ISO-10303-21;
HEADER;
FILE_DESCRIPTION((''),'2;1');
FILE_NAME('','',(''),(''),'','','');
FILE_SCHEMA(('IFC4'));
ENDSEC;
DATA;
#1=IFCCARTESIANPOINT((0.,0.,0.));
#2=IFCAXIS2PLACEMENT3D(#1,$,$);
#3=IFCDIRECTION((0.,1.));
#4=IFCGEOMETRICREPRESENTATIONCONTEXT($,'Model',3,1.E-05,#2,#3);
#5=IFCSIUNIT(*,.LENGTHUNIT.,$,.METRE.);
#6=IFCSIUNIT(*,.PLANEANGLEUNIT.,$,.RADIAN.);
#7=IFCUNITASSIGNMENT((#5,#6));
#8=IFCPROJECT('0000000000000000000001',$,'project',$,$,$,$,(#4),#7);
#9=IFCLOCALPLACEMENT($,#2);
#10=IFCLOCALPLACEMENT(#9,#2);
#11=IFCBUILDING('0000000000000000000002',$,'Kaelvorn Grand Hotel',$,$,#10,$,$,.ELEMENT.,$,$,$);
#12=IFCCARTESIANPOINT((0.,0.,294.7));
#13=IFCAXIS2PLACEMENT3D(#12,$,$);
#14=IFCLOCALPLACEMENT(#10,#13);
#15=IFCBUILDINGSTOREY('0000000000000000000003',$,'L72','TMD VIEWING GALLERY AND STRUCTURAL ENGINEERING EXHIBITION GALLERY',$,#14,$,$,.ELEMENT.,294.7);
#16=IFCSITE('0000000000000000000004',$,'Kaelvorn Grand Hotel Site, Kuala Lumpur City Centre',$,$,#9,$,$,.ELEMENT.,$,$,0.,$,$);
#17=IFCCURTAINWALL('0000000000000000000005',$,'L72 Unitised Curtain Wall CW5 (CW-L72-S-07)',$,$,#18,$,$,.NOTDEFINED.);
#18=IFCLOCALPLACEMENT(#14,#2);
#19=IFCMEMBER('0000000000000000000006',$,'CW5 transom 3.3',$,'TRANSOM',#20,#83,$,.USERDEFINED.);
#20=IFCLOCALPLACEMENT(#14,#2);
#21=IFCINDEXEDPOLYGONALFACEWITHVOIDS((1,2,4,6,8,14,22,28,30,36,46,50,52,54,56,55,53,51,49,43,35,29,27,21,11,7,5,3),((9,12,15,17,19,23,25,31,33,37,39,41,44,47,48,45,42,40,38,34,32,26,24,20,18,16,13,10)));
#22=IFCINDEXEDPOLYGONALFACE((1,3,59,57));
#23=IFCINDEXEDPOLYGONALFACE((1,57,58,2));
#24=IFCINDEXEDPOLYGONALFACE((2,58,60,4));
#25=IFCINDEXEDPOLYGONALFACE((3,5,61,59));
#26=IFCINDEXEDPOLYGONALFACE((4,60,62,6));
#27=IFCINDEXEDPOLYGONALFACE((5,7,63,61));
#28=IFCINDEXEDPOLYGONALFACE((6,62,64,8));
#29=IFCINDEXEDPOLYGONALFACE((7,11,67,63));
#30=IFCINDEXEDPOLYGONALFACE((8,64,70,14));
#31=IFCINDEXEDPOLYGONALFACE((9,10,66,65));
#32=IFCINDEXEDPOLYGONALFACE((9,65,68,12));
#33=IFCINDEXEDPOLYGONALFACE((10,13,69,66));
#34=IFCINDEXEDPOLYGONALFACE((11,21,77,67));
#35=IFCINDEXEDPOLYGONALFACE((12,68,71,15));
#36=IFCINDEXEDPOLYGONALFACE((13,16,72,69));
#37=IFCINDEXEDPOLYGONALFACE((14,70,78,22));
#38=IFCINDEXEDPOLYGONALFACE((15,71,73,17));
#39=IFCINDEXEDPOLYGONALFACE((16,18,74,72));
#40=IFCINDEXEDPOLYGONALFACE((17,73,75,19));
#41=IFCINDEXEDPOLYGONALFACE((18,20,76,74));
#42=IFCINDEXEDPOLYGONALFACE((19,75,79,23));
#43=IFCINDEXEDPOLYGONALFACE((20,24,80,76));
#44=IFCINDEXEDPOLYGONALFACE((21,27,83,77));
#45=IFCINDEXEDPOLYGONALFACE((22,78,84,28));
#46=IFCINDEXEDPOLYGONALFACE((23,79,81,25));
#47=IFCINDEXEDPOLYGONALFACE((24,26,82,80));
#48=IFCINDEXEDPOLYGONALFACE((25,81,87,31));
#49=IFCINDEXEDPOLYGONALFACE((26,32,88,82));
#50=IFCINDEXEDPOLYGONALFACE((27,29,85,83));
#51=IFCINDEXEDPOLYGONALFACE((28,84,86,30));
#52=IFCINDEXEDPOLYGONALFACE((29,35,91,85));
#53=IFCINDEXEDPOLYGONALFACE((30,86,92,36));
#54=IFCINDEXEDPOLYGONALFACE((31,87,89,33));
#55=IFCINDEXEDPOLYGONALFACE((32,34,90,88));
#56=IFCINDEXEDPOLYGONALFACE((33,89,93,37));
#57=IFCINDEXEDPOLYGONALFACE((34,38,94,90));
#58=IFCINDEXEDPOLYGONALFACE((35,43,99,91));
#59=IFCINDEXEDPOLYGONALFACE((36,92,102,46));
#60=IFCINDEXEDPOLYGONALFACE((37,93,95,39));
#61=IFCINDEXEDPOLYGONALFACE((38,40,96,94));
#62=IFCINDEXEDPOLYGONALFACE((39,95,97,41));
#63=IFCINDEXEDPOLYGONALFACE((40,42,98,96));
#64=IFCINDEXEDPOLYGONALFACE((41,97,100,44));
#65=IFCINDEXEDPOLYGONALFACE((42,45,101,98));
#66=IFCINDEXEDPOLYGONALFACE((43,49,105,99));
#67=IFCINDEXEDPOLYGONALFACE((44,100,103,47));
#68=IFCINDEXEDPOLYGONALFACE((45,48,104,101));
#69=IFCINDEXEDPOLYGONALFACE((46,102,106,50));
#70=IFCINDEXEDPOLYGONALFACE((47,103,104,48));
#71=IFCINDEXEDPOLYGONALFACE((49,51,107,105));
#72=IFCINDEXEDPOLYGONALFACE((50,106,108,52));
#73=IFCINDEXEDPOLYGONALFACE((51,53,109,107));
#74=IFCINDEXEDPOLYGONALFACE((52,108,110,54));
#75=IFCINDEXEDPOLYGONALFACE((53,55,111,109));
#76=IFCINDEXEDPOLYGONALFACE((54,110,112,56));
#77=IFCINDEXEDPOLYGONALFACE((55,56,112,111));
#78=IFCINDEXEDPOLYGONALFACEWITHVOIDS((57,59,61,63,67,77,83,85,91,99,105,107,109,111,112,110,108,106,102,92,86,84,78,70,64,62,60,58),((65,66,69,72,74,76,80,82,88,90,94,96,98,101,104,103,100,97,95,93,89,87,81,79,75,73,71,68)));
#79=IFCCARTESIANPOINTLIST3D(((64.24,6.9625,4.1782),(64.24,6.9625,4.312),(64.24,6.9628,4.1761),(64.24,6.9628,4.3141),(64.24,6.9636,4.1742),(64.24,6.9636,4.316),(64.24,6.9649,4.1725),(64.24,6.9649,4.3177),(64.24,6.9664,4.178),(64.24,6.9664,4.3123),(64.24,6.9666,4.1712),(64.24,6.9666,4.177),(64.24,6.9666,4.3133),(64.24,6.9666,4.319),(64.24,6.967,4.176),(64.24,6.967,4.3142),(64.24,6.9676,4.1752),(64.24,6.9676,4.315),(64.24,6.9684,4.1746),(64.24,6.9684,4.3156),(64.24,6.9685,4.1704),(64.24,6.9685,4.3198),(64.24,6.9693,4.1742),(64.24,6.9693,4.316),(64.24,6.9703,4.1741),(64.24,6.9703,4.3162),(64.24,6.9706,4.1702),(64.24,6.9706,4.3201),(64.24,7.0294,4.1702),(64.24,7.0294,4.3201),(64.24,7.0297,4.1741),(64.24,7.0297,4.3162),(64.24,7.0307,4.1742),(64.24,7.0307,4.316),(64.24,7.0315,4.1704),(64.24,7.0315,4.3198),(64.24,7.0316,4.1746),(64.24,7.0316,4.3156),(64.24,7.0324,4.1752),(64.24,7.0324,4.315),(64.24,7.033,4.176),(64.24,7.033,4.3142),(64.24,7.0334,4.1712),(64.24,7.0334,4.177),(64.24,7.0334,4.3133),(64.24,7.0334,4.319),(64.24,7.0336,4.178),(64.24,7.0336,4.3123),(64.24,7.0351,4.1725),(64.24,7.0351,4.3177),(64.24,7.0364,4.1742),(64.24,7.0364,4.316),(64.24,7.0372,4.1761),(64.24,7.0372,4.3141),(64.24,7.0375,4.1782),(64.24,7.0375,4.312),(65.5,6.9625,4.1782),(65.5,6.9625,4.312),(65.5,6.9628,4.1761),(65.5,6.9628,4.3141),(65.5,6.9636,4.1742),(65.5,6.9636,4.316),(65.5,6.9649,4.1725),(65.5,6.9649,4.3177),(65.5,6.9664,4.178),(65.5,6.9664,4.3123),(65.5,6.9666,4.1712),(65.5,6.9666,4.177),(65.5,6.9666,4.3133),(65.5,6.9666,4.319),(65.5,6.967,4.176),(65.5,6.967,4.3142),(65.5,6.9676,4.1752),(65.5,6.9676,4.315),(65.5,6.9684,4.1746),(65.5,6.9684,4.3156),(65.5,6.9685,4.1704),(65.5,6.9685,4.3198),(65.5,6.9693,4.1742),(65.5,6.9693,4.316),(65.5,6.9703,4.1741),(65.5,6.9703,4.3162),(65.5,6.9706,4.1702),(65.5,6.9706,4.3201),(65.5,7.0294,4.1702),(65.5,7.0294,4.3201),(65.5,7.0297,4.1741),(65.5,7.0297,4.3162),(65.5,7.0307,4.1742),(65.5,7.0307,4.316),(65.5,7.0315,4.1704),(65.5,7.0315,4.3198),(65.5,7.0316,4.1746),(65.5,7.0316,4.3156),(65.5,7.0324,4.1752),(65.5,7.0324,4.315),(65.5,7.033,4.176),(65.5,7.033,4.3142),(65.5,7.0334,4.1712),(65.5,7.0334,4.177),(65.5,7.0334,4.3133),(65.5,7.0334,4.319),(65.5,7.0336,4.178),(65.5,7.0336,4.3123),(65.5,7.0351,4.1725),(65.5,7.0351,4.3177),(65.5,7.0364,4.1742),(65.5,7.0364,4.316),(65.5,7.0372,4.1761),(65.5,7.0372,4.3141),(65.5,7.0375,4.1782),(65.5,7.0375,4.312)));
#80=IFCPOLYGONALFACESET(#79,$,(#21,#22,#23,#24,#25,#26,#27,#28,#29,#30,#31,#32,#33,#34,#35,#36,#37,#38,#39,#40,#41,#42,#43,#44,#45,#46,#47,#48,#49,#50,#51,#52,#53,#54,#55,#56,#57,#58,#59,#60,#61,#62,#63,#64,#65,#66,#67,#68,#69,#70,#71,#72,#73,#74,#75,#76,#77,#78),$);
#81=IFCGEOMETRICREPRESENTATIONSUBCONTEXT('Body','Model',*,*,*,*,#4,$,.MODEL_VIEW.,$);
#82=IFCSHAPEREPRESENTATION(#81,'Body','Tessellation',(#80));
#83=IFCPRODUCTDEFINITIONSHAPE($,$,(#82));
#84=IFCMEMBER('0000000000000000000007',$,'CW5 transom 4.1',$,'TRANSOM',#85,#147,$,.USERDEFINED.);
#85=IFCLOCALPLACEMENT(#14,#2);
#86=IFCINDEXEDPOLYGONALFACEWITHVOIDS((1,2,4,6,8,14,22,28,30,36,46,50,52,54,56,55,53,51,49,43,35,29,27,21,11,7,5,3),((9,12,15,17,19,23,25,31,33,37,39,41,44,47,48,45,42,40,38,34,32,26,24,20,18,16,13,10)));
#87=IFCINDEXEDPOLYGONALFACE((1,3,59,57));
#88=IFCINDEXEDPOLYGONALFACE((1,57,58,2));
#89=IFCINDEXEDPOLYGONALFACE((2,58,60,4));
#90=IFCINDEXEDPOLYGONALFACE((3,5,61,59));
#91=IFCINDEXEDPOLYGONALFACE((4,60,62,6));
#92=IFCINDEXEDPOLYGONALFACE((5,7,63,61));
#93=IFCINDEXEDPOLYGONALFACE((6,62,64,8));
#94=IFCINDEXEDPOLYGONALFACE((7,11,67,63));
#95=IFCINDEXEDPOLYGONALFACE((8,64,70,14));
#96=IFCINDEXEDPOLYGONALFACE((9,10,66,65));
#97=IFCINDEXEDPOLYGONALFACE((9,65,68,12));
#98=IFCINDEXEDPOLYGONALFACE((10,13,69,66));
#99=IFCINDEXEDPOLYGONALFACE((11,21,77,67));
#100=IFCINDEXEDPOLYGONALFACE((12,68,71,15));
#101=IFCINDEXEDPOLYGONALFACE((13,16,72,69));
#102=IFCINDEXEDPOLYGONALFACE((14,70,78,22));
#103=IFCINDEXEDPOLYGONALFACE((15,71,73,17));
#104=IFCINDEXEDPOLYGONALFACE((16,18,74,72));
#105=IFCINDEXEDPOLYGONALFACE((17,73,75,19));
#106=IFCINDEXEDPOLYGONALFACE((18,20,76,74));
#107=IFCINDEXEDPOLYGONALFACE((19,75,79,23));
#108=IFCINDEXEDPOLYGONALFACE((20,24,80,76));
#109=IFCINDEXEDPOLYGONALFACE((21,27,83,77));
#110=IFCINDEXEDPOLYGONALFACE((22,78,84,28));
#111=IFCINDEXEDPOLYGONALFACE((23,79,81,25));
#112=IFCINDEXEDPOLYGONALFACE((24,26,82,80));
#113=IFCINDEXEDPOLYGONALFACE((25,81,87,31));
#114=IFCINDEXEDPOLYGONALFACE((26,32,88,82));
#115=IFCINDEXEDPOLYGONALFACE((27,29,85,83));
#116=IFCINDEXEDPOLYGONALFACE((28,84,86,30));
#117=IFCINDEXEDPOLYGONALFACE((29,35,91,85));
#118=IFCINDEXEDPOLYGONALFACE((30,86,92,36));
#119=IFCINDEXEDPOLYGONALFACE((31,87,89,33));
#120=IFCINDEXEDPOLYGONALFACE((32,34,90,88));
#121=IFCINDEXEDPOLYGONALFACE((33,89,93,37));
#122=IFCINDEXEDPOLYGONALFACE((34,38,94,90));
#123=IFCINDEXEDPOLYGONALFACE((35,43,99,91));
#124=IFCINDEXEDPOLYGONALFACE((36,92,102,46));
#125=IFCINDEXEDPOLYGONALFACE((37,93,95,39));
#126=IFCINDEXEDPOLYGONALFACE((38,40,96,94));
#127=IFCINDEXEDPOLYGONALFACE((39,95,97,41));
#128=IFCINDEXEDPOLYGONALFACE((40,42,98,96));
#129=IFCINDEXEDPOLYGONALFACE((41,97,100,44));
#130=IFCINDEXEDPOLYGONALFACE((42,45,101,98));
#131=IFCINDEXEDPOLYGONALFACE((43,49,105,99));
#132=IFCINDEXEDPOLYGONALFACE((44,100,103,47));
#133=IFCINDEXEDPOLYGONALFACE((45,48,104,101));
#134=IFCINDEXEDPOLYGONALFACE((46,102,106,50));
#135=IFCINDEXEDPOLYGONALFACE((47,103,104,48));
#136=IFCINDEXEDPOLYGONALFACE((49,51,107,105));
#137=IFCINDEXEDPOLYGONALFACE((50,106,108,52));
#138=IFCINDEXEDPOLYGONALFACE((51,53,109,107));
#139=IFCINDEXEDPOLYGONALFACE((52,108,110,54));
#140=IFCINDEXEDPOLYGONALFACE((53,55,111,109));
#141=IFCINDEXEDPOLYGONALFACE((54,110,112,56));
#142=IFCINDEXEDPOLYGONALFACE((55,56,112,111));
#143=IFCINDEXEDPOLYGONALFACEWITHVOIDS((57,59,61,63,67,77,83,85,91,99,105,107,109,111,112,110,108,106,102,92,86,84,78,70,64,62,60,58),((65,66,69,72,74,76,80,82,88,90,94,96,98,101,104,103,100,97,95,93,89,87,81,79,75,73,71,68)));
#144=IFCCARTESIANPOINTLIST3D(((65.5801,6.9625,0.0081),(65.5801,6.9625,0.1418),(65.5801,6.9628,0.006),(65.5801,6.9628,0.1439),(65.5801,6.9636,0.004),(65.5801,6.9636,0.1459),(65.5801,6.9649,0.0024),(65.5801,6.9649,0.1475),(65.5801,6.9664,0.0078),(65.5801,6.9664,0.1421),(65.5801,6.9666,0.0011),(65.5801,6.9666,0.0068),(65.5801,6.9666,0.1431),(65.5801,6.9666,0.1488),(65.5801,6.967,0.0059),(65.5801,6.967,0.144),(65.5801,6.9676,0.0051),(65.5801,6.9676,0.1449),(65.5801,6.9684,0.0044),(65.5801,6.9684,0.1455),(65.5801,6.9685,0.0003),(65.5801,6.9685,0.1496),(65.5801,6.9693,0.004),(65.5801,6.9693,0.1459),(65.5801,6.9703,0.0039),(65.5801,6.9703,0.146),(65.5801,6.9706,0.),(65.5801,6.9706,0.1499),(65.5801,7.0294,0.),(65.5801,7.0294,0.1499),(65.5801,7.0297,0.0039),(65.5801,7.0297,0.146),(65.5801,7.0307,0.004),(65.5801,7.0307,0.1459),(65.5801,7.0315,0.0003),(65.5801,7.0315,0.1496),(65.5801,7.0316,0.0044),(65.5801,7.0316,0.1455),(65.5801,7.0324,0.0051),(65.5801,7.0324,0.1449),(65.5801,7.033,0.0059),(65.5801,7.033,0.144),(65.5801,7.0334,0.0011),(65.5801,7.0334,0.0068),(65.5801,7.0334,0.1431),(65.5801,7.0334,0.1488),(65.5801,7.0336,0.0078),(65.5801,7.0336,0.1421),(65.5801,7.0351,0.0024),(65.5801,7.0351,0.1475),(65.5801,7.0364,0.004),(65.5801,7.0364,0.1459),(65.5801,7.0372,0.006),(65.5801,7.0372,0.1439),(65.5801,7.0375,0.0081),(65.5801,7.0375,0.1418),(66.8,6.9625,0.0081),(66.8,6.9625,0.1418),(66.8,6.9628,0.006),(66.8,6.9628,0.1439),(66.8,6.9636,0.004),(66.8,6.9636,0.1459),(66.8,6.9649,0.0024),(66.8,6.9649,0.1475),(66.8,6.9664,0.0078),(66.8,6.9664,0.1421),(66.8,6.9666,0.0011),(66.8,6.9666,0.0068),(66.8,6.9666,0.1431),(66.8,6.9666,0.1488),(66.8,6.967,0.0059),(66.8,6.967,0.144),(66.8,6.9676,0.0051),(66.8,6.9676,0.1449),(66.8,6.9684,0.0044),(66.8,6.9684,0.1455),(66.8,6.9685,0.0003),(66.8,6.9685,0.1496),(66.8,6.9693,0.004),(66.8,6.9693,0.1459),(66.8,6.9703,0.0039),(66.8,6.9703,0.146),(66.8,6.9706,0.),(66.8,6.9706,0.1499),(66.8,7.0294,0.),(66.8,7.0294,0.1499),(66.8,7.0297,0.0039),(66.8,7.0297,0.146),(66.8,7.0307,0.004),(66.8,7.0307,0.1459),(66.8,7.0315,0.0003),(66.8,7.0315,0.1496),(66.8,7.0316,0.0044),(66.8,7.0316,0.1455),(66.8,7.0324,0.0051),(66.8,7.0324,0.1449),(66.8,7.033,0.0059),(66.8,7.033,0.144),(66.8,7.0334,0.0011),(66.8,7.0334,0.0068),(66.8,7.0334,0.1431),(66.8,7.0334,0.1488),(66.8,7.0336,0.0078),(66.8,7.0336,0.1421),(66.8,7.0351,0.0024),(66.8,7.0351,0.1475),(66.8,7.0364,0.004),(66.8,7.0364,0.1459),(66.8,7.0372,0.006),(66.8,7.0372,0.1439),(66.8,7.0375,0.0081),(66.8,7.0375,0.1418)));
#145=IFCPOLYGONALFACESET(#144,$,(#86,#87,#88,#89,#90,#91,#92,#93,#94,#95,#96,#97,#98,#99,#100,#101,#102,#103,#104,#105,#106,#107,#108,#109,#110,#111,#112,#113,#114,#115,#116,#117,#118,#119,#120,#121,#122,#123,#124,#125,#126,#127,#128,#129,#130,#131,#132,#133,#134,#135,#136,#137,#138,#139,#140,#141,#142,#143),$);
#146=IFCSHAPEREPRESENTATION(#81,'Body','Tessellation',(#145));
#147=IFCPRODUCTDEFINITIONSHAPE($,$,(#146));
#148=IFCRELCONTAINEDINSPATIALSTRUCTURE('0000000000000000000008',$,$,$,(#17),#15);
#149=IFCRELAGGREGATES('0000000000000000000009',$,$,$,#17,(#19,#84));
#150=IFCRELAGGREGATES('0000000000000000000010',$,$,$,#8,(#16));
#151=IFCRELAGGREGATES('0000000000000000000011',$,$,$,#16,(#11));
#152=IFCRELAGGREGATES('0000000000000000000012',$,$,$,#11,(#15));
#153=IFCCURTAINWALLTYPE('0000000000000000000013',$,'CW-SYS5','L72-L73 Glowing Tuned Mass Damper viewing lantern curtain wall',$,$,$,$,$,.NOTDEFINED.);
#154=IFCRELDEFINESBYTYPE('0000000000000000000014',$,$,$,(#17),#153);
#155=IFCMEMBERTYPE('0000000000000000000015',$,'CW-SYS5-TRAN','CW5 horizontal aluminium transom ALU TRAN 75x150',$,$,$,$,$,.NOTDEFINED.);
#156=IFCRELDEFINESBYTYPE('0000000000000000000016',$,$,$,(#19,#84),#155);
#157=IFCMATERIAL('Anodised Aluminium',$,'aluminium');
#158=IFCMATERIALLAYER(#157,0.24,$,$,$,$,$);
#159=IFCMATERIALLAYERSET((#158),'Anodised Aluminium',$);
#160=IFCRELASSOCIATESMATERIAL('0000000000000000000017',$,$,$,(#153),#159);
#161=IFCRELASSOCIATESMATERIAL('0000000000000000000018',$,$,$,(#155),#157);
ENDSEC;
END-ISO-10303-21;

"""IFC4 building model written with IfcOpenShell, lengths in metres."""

from ifc_helpers import new_model, si_unit, direction, frame, origin, origin_2d, place, context, subcontext, project, spatial, hollow_rectangle, extrude, material, layer, layer_set, material_profile, profile_set, type_object, element, aggregate, save


model = new_model("IFC4")

# Units and contexts
model_context = context("Model", 3, precision=1e-05, world=origin(), true_north=direction((0.0, 1.0)))
body_context = subcontext(model_context, "Body", "Model", "MODEL_VIEW")
ifc_project = project(units=[si_unit("LENGTHUNIT", "METRE"), si_unit("PLANEANGLEUNIT", "RADIAN")], contexts=[model_context])

# Site, building, storey
site_placement = place(None, origin())
site = spatial("IfcSite", under=ifc_project, at=site_placement, Name="Kaelvorn Grand Hotel Site, Kuala Lumpur City Centre", CompositionType="ELEMENT", RefElevation=0.0)
building_placement = place(site_placement, origin())
building = spatial("IfcBuilding", under=site, at=building_placement, Name="Kaelvorn Grand Hotel", CompositionType="ELEMENT")
storey_placement = place(building_placement, frame((0.0, 0.0, 294.7)))
storey = spatial("IfcBuildingStorey", under=building, at=storey_placement, Name="L72", Description="TMD VIEWING GALLERY AND STRUCTURAL ENGINEERING EXHIBITION GALLERY", CompositionType="ELEMENT", Elevation=294.7)

# Curtain wall, members
ifc_material_1 = material(Name="Anodised Aluminium", Category="aluminium")
ifc_layer_1 = layer(ifc_material_1, 0.24)
ifc_layer_set_1 = layer_set([ifc_layer_1], Name="Anodised Aluminium")
curtain_wall_type = type_object("IfcCurtainWallType", Name="CW-SYS5", Description="L72-L73 Glowing Tuned Mass Damper viewing lantern curtain wall", PredefinedType="NOTDEFINED", material=ifc_layer_set_1)
curtain_wall_placement = place(storey_placement, origin())
curtain_wall = element("IfcCurtainWall", 1, at=curtain_wall_placement, inside=storey, type_object=curtain_wall_type, Name="L72 Unitised Curtain Wall CW5 (CW-L72-S-07)", PredefinedType="NOTDEFINED")
ifc_material_profile_1 = material_profile(ifc_material_1, hollow_rectangle(XDim=0.075, YDim=0.1499, WallThickness=0.0039, InnerFilletRadius=0.0039, OuterFilletRadius=0.0081, at=origin_2d()), Name="ALU TRAN 75x150")
ifc_profile_set_1 = profile_set([ifc_material_profile_1], Name="Anodised Aluminium")
member_type_1 = type_object("IfcMemberType", Name="CW-SYS5-TRAN", Description="CW5 horizontal aluminium transom ALU TRAN 75x150", PredefinedType="NOTDEFINED", material=ifc_profile_set_1)
member_1_placement = place(storey_placement, frame((64.24, 7.0, 4.2451), z_axis=(1.0, 0.0, 0.0), x_axis=(0.0, 1.0, 0.0)))
member_1 = element("IfcMember", 2, at=member_1_placement, type_object=member_type_1, Name="CW5 transom 3.3", ObjectType="TRANSOM", PredefinedType="USERDEFINED", context=body_context, shape_type="SweptSolid", body=[
    extrude(hollow_rectangle(XDim=0.075, YDim=0.1499, WallThickness=0.0039, InnerFilletRadius=0.0039, OuterFilletRadius=0.0081, at=origin_2d()), origin(), (0.0, 0.0, 1.0), 1.26),
])
member_2_placement = place(storey_placement, frame((65.5801, 7.0, 0.075), z_axis=(1.0, 0.0, 0.0), x_axis=(0.0, 1.0, 0.0)))
member_2 = element("IfcMember", 3, at=member_2_placement, type_object=member_type_1, Name="CW5 transom 4.1", ObjectType="TRANSOM", PredefinedType="USERDEFINED", context=body_context, shape_type="SweptSolid", body=[
    extrude(hollow_rectangle(XDim=0.075, YDim=0.1499, WallThickness=0.0039, InnerFilletRadius=0.0039, OuterFilletRadius=0.0081, at=origin_2d()), origin(), (0.0, 0.0, 1.0), 1.22),
])
aggregate(curtain_wall, [member_1, member_2])

save(model, "model.ifc")
